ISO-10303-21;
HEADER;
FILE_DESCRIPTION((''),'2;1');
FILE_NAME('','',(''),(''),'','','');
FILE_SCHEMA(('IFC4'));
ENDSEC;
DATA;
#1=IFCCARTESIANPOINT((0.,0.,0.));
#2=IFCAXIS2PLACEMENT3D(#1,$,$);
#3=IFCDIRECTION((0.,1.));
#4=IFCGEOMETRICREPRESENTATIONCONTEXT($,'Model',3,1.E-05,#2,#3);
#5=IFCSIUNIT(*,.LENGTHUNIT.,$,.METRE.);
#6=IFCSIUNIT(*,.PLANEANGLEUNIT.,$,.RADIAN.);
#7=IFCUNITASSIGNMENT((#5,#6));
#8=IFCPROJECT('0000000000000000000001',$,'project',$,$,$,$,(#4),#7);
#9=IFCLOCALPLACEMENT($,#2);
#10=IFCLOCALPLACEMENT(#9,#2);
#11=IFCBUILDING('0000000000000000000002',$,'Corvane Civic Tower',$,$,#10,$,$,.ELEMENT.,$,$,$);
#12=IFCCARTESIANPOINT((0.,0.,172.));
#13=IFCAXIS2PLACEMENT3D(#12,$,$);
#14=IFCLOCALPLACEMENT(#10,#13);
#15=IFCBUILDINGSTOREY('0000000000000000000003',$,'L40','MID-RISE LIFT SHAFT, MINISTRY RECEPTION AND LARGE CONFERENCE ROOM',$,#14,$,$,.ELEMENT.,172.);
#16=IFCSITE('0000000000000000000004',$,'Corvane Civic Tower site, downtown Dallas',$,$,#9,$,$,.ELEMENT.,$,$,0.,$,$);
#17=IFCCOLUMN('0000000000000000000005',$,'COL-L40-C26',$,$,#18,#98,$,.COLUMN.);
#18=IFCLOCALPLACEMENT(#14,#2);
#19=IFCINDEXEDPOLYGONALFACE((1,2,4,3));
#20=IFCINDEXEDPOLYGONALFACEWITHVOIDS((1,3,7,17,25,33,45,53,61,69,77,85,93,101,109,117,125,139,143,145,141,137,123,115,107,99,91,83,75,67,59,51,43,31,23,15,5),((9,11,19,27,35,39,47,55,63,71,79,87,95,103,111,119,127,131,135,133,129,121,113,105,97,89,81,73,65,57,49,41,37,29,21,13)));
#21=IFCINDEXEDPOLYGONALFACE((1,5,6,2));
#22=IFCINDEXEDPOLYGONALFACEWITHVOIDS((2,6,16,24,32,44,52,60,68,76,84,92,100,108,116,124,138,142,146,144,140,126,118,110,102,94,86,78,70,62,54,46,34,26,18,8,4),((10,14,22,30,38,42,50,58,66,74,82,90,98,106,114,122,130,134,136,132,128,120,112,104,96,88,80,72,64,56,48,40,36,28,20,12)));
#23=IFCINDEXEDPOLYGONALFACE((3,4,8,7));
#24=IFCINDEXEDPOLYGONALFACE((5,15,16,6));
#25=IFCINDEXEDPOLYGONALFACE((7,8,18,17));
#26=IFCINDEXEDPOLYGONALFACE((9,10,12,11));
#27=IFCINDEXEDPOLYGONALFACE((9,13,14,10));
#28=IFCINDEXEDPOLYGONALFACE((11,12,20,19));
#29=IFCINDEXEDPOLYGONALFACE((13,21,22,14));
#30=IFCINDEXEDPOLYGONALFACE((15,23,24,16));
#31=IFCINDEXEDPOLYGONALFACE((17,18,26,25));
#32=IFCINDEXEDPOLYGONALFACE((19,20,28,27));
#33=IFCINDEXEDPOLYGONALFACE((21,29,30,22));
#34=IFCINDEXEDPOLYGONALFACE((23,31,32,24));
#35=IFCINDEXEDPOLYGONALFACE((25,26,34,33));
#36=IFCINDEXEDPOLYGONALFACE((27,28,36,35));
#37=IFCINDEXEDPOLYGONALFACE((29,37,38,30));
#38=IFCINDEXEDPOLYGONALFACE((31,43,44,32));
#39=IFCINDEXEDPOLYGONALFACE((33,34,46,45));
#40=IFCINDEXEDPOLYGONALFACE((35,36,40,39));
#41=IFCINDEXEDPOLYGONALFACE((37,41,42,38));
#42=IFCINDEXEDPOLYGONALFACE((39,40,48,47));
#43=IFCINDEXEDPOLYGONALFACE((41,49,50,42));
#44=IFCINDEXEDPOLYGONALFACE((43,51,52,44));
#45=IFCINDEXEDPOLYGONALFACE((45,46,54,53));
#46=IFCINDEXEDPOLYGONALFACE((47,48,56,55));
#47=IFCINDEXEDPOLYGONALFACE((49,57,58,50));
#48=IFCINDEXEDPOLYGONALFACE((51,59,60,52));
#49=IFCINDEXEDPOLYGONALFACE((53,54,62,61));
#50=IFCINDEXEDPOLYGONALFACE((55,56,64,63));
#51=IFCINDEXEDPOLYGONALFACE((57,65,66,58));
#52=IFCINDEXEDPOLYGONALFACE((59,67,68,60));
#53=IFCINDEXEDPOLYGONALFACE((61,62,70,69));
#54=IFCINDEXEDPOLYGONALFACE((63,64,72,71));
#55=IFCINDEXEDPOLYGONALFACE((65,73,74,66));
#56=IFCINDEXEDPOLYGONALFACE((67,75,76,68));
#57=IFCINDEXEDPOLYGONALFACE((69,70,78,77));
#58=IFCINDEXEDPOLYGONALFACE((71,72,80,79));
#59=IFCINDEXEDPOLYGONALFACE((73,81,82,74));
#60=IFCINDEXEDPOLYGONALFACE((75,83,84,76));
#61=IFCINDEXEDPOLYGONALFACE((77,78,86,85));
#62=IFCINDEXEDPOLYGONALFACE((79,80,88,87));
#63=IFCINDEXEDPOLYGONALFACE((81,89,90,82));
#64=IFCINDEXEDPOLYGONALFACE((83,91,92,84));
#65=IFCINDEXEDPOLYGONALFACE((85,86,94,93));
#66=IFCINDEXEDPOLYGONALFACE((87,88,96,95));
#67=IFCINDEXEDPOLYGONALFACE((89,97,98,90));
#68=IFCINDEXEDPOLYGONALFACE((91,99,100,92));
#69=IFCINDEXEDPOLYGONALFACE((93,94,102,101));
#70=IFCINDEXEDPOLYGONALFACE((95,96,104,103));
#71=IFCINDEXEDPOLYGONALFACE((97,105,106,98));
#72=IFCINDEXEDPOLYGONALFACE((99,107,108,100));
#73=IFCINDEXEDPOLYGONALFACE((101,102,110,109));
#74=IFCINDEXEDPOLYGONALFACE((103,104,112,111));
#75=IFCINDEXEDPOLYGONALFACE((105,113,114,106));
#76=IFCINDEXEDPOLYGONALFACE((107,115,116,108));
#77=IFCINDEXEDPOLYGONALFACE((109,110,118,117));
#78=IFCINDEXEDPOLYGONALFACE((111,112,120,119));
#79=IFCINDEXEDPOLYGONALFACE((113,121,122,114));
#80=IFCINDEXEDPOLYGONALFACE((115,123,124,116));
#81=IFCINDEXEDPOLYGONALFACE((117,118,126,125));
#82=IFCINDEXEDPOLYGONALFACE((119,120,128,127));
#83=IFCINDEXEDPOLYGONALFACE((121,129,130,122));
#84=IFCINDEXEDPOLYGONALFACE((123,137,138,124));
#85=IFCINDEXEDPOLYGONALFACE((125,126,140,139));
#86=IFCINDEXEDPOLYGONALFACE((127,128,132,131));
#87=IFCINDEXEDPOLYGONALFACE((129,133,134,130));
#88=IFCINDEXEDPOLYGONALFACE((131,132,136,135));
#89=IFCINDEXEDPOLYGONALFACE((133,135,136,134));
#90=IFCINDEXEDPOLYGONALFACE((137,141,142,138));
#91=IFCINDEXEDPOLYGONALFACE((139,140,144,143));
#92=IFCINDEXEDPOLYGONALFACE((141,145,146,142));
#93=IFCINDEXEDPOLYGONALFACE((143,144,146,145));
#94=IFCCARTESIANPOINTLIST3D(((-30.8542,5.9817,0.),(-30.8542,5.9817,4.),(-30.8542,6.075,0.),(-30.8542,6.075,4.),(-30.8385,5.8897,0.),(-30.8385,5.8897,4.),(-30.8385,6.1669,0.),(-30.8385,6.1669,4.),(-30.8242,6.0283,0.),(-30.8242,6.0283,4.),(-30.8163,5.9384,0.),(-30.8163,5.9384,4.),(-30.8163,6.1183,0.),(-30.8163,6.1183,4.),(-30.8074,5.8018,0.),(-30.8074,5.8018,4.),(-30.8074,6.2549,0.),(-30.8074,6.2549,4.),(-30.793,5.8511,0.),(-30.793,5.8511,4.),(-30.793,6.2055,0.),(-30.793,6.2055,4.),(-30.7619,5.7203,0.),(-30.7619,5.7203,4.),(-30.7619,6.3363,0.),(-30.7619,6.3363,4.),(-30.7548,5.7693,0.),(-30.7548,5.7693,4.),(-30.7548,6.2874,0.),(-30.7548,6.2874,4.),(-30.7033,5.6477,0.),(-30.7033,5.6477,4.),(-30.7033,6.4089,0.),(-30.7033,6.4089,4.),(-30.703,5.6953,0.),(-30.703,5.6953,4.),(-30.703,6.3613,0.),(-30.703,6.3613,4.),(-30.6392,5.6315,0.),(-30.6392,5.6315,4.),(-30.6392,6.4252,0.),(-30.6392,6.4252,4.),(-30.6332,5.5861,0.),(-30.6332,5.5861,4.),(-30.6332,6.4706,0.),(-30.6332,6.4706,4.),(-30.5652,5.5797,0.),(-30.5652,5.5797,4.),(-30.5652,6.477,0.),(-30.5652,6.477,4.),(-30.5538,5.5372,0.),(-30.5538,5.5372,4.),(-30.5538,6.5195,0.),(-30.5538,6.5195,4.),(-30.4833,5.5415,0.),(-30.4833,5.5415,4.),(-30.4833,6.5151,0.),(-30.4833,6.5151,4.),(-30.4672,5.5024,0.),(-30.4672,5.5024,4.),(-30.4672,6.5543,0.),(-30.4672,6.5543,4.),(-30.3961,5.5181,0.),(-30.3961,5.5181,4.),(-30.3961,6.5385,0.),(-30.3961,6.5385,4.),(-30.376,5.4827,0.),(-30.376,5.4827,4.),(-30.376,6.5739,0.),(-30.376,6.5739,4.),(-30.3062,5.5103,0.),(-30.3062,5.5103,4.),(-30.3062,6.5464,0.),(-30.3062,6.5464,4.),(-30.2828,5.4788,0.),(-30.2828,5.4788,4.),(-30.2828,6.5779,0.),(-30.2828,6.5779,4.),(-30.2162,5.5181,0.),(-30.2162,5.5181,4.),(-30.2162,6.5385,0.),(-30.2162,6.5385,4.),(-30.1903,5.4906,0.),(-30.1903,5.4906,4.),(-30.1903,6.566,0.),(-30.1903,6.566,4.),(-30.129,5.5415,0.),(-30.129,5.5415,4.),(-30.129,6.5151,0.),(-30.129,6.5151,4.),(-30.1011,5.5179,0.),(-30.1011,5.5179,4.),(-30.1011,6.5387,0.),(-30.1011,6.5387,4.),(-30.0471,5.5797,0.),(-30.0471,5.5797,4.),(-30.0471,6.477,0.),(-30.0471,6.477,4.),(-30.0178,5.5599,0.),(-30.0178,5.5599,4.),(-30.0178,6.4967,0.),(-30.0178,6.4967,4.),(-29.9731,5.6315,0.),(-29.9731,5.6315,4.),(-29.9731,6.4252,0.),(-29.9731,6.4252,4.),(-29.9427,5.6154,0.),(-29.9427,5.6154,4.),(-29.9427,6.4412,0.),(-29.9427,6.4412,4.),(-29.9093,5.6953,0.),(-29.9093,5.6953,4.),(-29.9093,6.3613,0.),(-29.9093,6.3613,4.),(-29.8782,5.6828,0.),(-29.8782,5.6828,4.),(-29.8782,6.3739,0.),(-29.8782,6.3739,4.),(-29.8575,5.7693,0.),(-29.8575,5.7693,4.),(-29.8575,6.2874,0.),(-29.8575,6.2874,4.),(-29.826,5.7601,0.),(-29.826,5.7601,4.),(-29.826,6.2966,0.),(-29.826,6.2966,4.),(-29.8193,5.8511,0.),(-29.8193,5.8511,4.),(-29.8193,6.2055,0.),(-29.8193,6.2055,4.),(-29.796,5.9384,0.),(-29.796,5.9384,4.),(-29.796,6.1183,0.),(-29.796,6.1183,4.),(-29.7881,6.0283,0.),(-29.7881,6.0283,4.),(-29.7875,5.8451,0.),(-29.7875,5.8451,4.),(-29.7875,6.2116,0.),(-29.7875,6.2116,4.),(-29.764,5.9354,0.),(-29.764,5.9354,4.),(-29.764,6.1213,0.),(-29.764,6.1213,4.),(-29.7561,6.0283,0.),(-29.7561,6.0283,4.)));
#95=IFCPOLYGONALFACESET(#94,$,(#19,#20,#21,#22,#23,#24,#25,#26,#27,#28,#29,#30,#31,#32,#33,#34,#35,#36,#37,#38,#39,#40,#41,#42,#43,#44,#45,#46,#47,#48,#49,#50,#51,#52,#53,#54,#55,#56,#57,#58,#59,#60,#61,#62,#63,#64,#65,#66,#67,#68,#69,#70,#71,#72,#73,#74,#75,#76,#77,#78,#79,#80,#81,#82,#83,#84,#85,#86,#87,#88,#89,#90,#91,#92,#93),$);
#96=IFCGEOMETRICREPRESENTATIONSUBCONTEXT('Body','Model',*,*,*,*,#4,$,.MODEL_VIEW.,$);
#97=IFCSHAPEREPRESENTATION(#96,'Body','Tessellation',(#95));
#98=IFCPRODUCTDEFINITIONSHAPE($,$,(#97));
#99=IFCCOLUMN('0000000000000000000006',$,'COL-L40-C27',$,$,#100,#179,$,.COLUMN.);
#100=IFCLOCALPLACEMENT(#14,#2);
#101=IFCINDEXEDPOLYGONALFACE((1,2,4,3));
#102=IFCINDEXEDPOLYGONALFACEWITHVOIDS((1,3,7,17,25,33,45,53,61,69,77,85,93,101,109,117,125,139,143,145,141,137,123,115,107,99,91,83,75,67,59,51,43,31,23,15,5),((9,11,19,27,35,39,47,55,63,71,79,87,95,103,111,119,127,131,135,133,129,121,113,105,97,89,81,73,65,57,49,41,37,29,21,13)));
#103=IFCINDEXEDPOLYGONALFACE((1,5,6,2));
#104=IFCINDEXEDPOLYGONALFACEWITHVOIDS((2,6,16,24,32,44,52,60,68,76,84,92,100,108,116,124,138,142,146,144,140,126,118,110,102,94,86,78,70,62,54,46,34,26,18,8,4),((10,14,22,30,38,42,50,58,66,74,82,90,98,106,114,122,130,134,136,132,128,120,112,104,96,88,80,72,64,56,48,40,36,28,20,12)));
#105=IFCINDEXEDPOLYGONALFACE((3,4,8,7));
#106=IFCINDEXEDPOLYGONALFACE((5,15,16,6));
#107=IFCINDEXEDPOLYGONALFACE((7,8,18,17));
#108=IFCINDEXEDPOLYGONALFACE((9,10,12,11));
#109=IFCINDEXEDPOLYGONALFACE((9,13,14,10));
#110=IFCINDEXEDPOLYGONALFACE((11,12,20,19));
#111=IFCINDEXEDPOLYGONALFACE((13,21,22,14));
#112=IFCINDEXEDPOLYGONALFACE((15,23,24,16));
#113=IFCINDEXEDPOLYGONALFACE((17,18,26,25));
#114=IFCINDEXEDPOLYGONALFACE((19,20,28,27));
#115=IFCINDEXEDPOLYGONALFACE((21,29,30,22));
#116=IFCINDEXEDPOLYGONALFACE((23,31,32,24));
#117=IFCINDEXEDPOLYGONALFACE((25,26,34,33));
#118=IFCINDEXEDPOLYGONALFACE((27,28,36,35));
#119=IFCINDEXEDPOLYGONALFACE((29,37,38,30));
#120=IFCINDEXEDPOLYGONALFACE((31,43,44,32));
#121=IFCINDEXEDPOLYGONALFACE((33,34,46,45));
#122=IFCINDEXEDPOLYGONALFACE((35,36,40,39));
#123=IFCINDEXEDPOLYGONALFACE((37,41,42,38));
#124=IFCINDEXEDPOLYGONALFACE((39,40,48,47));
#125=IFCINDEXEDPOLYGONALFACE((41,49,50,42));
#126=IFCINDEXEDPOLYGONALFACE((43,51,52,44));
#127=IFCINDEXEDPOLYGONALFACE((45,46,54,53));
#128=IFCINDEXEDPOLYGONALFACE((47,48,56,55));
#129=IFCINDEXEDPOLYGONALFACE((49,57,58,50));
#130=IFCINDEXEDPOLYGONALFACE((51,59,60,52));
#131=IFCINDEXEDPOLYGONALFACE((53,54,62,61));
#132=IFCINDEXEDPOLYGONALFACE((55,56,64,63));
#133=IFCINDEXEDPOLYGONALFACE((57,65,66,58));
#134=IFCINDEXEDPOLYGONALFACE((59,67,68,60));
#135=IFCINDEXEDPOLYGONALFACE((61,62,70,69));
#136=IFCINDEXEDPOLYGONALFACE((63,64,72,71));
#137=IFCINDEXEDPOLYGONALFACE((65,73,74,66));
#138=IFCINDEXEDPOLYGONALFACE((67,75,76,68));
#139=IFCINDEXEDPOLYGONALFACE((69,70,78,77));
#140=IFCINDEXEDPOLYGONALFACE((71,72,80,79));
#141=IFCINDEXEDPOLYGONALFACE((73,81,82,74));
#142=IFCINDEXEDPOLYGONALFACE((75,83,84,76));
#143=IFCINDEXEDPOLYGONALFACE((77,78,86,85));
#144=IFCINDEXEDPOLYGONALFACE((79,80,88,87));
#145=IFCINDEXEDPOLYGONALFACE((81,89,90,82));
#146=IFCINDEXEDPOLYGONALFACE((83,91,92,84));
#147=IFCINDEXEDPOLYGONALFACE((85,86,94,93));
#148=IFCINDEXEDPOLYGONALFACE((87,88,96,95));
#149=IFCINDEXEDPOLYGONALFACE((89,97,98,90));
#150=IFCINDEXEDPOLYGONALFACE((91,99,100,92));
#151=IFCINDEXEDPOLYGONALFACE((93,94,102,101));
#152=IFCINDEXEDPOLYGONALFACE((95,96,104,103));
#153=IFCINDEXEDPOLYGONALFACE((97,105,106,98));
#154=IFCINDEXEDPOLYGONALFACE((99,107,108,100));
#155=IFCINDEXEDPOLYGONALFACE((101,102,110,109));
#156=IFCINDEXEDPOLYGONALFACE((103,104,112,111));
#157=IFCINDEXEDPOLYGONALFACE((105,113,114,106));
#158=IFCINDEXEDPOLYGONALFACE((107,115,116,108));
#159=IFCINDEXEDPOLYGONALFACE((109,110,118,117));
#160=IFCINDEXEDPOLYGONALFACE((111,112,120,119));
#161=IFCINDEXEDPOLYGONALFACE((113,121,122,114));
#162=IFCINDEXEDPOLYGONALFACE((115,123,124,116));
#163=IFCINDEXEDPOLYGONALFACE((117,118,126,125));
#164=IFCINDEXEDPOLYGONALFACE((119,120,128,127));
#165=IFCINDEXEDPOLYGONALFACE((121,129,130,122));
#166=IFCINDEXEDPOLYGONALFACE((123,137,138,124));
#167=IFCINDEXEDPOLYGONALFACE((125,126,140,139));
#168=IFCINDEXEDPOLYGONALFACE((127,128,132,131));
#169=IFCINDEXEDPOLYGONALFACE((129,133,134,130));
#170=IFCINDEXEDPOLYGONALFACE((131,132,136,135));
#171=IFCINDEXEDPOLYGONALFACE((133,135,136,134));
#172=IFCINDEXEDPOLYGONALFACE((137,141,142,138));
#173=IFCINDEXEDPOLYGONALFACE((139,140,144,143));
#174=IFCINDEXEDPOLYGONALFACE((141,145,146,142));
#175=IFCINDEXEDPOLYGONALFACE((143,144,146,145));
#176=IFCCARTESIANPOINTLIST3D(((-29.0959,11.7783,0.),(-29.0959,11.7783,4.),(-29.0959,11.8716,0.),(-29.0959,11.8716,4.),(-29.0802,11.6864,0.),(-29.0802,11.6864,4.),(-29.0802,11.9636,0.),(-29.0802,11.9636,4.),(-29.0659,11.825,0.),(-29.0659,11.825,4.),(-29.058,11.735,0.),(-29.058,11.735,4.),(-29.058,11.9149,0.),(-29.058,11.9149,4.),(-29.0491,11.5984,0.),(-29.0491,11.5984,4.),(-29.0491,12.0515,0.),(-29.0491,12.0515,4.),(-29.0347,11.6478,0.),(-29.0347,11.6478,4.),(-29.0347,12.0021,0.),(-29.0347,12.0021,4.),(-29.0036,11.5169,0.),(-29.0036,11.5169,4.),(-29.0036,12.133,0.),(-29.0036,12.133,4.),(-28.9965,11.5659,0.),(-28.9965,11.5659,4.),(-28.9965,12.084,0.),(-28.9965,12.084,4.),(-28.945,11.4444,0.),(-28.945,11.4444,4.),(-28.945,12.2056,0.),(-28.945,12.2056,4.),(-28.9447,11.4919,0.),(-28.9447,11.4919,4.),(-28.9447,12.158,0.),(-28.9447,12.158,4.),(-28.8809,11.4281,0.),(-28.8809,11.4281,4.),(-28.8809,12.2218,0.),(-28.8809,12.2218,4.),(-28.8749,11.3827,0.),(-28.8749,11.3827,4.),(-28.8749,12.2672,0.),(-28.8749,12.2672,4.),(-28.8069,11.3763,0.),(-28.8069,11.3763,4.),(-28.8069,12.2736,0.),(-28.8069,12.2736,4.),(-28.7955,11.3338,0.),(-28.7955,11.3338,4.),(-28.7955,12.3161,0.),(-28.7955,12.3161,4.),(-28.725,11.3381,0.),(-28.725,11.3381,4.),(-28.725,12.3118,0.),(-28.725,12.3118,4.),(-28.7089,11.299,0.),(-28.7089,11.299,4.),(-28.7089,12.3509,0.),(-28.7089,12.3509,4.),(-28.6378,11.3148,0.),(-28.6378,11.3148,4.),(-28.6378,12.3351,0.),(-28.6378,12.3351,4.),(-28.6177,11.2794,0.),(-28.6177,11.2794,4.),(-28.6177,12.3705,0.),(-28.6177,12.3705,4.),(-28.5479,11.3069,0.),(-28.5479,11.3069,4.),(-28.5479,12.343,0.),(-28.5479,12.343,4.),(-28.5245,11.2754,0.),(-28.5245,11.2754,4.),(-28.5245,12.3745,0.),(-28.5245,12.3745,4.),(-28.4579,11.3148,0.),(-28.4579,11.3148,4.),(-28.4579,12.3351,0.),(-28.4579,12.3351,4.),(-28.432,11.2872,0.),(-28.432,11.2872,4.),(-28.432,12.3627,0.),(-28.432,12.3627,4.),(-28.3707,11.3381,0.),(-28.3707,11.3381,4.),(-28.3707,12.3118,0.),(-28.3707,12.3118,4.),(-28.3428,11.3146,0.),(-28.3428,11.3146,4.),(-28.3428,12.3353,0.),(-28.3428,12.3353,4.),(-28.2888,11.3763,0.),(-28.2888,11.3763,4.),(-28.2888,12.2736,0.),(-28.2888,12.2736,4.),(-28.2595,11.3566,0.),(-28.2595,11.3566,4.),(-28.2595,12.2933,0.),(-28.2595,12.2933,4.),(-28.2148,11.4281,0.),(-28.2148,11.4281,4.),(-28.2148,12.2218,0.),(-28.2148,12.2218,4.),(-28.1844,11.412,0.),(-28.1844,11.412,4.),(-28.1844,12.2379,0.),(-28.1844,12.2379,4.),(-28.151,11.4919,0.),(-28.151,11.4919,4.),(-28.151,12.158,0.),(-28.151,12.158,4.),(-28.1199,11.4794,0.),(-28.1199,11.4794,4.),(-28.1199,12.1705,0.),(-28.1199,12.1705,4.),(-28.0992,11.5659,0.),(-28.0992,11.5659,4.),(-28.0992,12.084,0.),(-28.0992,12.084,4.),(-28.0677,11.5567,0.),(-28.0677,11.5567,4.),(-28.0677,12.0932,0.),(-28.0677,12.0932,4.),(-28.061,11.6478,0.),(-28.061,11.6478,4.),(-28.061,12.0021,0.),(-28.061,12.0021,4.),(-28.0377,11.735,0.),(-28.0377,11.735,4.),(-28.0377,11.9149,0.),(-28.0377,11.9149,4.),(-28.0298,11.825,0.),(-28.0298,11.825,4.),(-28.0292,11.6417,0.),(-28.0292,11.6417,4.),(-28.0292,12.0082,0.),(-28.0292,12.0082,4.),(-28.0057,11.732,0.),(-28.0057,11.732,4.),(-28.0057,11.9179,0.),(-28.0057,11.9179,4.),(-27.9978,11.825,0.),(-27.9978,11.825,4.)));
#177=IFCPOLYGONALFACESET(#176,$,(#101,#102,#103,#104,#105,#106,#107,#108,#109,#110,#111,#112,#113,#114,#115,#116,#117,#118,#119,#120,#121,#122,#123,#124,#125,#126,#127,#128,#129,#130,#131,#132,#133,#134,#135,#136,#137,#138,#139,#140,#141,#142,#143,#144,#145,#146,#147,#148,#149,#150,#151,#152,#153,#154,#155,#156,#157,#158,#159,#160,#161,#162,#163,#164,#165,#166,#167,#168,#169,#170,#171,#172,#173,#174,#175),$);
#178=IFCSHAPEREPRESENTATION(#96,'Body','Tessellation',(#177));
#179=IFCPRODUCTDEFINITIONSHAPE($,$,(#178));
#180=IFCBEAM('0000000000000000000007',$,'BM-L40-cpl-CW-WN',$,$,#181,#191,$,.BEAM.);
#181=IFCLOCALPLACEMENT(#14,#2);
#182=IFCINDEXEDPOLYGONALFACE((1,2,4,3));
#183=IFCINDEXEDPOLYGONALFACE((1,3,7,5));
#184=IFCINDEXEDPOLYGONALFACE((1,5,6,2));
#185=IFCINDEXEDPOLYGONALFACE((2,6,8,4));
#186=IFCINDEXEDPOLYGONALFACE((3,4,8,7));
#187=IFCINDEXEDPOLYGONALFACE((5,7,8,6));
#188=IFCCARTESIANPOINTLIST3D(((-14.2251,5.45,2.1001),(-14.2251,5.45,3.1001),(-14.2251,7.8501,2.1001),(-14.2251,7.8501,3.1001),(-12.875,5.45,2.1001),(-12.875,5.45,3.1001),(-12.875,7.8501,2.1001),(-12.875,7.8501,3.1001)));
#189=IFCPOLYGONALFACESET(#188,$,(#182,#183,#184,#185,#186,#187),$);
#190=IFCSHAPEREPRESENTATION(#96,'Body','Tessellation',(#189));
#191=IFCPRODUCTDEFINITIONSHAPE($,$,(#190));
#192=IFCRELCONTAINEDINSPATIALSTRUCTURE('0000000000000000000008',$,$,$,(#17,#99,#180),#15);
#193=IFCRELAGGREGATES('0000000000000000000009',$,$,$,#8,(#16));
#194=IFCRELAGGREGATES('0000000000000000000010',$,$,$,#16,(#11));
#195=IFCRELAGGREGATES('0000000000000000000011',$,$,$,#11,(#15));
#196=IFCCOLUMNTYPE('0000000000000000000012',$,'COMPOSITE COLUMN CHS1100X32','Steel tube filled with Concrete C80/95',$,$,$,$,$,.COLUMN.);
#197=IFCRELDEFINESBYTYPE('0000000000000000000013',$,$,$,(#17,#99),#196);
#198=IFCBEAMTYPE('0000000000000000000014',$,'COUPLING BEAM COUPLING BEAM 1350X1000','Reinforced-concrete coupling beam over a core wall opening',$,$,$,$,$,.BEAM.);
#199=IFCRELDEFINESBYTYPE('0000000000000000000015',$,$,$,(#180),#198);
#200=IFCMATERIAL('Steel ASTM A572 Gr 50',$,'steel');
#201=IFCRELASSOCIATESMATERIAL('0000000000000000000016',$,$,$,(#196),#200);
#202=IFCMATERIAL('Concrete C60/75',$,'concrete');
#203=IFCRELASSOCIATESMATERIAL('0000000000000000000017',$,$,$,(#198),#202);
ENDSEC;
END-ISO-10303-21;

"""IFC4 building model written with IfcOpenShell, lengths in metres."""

from ifc_helpers import new_model, si_unit, direction, frame, origin, origin_2d, place, context, subcontext, project, spatial, rectangle, hollow_circle, extrude, material, material_profile, profile_set, type_object, element, save


model = new_model("IFC4")

# Units and contexts
model_context = context("Model", 3, precision=1e-05, world=origin(), true_north=direction((0.0, 1.0)))
body_context = subcontext(model_context, "Body", "Model", "MODEL_VIEW")
ifc_project = project(units=[si_unit("LENGTHUNIT", "METRE"), si_unit("PLANEANGLEUNIT", "RADIAN")], contexts=[model_context])

# Site, building, storey
site_placement = place(None, origin())
site = spatial("IfcSite", under=ifc_project, at=site_placement, Name="Corvane Civic Tower site, downtown Dallas", CompositionType="ELEMENT", RefElevation=0.0)
building_placement = place(site_placement, origin())
building = spatial("IfcBuilding", under=site, at=building_placement, Name="Corvane Civic Tower", CompositionType="ELEMENT")
storey_placement = place(building_placement, frame((0.0, 0.0, 172.0)))
storey = spatial("IfcBuildingStorey", under=building, at=storey_placement, Name="L40", Description="MID-RISE LIFT SHAFT, MINISTRY RECEPTION AND LARGE CONFERENCE ROOM", CompositionType="ELEMENT", Elevation=172.0)

# Columns
ifc_material_1 = material(Name="Steel ASTM A572 Gr 50", Category="steel")
ifc_material_profile_1 = material_profile(ifc_material_1, hollow_circle(Radius=0.55, WallThickness=0.032, at=origin_2d()), Name="CHS1100X32")
ifc_profile_set_1 = profile_set([ifc_material_profile_1], Name="Steel ASTM A572 Gr 50")
column_type = type_object("IfcColumnType", Name="COMPOSITE COLUMN CHS1100X32", Description="Steel tube filled with Concrete C80/95", PredefinedType="COLUMN", material=ifc_profile_set_1)
for number, where, z_axis, x_axis, name in (
    (1, (-30.3062, 6.0283, 0.0), (0.0, 0.0, 1.0), (1.0, 0.0, 0.0), "COL-L40-C26"),
    (2, (-28.5479, 11.825, 0.0), (0.0, 0.0, 1.0), (1.0, 0.0, 0.0), "COL-L40-C27"),
):
    element("IfcColumn", number, at=place(storey_placement, frame(where, z_axis=z_axis, x_axis=x_axis)), inside=storey, type_object=column_type, Name=name, PredefinedType="COLUMN", context=body_context, shape_type="SweptSolid", body=[
        extrude(hollow_circle(Radius=0.55, WallThickness=0.032, at=origin_2d()), origin(), (0.0, 0.0, 1.0), 4.0),
    ])

# Beam
ifc_material_2 = material(Name="Concrete C60/75", Category="concrete")
ifc_material_profile_2 = material_profile(ifc_material_2, rectangle(XDim=1.3501, YDim=1.0, at=origin_2d()), Name="COUPLING BEAM 1350X1000")
ifc_profile_set_2 = profile_set([ifc_material_profile_2], Name="Concrete C60/75")
beam_type_1 = type_object("IfcBeamType", Name="COUPLING BEAM COUPLING BEAM 1350X1000", Description="Reinforced-concrete coupling beam over a core wall opening", PredefinedType="BEAM", material=ifc_profile_set_2)
beam_1_placement = place(storey_placement, frame((-13.55, 5.45, 2.6001), z_axis=(0.0, 1.0, 0.0), x_axis=(-1.0, 0.0, 0.0)))
element("IfcBeam", 3, at=beam_1_placement, inside=storey, type_object=beam_type_1, Name="BM-L40-cpl-CW-WN", PredefinedType="BEAM", context=body_context, shape_type="SweptSolid", body=[
    extrude(rectangle(XDim=1.3501, YDim=1.0, at=origin_2d()), origin(), (0.0, 0.0, 1.0), 2.4001),
])

save(model, "model.ifc")
